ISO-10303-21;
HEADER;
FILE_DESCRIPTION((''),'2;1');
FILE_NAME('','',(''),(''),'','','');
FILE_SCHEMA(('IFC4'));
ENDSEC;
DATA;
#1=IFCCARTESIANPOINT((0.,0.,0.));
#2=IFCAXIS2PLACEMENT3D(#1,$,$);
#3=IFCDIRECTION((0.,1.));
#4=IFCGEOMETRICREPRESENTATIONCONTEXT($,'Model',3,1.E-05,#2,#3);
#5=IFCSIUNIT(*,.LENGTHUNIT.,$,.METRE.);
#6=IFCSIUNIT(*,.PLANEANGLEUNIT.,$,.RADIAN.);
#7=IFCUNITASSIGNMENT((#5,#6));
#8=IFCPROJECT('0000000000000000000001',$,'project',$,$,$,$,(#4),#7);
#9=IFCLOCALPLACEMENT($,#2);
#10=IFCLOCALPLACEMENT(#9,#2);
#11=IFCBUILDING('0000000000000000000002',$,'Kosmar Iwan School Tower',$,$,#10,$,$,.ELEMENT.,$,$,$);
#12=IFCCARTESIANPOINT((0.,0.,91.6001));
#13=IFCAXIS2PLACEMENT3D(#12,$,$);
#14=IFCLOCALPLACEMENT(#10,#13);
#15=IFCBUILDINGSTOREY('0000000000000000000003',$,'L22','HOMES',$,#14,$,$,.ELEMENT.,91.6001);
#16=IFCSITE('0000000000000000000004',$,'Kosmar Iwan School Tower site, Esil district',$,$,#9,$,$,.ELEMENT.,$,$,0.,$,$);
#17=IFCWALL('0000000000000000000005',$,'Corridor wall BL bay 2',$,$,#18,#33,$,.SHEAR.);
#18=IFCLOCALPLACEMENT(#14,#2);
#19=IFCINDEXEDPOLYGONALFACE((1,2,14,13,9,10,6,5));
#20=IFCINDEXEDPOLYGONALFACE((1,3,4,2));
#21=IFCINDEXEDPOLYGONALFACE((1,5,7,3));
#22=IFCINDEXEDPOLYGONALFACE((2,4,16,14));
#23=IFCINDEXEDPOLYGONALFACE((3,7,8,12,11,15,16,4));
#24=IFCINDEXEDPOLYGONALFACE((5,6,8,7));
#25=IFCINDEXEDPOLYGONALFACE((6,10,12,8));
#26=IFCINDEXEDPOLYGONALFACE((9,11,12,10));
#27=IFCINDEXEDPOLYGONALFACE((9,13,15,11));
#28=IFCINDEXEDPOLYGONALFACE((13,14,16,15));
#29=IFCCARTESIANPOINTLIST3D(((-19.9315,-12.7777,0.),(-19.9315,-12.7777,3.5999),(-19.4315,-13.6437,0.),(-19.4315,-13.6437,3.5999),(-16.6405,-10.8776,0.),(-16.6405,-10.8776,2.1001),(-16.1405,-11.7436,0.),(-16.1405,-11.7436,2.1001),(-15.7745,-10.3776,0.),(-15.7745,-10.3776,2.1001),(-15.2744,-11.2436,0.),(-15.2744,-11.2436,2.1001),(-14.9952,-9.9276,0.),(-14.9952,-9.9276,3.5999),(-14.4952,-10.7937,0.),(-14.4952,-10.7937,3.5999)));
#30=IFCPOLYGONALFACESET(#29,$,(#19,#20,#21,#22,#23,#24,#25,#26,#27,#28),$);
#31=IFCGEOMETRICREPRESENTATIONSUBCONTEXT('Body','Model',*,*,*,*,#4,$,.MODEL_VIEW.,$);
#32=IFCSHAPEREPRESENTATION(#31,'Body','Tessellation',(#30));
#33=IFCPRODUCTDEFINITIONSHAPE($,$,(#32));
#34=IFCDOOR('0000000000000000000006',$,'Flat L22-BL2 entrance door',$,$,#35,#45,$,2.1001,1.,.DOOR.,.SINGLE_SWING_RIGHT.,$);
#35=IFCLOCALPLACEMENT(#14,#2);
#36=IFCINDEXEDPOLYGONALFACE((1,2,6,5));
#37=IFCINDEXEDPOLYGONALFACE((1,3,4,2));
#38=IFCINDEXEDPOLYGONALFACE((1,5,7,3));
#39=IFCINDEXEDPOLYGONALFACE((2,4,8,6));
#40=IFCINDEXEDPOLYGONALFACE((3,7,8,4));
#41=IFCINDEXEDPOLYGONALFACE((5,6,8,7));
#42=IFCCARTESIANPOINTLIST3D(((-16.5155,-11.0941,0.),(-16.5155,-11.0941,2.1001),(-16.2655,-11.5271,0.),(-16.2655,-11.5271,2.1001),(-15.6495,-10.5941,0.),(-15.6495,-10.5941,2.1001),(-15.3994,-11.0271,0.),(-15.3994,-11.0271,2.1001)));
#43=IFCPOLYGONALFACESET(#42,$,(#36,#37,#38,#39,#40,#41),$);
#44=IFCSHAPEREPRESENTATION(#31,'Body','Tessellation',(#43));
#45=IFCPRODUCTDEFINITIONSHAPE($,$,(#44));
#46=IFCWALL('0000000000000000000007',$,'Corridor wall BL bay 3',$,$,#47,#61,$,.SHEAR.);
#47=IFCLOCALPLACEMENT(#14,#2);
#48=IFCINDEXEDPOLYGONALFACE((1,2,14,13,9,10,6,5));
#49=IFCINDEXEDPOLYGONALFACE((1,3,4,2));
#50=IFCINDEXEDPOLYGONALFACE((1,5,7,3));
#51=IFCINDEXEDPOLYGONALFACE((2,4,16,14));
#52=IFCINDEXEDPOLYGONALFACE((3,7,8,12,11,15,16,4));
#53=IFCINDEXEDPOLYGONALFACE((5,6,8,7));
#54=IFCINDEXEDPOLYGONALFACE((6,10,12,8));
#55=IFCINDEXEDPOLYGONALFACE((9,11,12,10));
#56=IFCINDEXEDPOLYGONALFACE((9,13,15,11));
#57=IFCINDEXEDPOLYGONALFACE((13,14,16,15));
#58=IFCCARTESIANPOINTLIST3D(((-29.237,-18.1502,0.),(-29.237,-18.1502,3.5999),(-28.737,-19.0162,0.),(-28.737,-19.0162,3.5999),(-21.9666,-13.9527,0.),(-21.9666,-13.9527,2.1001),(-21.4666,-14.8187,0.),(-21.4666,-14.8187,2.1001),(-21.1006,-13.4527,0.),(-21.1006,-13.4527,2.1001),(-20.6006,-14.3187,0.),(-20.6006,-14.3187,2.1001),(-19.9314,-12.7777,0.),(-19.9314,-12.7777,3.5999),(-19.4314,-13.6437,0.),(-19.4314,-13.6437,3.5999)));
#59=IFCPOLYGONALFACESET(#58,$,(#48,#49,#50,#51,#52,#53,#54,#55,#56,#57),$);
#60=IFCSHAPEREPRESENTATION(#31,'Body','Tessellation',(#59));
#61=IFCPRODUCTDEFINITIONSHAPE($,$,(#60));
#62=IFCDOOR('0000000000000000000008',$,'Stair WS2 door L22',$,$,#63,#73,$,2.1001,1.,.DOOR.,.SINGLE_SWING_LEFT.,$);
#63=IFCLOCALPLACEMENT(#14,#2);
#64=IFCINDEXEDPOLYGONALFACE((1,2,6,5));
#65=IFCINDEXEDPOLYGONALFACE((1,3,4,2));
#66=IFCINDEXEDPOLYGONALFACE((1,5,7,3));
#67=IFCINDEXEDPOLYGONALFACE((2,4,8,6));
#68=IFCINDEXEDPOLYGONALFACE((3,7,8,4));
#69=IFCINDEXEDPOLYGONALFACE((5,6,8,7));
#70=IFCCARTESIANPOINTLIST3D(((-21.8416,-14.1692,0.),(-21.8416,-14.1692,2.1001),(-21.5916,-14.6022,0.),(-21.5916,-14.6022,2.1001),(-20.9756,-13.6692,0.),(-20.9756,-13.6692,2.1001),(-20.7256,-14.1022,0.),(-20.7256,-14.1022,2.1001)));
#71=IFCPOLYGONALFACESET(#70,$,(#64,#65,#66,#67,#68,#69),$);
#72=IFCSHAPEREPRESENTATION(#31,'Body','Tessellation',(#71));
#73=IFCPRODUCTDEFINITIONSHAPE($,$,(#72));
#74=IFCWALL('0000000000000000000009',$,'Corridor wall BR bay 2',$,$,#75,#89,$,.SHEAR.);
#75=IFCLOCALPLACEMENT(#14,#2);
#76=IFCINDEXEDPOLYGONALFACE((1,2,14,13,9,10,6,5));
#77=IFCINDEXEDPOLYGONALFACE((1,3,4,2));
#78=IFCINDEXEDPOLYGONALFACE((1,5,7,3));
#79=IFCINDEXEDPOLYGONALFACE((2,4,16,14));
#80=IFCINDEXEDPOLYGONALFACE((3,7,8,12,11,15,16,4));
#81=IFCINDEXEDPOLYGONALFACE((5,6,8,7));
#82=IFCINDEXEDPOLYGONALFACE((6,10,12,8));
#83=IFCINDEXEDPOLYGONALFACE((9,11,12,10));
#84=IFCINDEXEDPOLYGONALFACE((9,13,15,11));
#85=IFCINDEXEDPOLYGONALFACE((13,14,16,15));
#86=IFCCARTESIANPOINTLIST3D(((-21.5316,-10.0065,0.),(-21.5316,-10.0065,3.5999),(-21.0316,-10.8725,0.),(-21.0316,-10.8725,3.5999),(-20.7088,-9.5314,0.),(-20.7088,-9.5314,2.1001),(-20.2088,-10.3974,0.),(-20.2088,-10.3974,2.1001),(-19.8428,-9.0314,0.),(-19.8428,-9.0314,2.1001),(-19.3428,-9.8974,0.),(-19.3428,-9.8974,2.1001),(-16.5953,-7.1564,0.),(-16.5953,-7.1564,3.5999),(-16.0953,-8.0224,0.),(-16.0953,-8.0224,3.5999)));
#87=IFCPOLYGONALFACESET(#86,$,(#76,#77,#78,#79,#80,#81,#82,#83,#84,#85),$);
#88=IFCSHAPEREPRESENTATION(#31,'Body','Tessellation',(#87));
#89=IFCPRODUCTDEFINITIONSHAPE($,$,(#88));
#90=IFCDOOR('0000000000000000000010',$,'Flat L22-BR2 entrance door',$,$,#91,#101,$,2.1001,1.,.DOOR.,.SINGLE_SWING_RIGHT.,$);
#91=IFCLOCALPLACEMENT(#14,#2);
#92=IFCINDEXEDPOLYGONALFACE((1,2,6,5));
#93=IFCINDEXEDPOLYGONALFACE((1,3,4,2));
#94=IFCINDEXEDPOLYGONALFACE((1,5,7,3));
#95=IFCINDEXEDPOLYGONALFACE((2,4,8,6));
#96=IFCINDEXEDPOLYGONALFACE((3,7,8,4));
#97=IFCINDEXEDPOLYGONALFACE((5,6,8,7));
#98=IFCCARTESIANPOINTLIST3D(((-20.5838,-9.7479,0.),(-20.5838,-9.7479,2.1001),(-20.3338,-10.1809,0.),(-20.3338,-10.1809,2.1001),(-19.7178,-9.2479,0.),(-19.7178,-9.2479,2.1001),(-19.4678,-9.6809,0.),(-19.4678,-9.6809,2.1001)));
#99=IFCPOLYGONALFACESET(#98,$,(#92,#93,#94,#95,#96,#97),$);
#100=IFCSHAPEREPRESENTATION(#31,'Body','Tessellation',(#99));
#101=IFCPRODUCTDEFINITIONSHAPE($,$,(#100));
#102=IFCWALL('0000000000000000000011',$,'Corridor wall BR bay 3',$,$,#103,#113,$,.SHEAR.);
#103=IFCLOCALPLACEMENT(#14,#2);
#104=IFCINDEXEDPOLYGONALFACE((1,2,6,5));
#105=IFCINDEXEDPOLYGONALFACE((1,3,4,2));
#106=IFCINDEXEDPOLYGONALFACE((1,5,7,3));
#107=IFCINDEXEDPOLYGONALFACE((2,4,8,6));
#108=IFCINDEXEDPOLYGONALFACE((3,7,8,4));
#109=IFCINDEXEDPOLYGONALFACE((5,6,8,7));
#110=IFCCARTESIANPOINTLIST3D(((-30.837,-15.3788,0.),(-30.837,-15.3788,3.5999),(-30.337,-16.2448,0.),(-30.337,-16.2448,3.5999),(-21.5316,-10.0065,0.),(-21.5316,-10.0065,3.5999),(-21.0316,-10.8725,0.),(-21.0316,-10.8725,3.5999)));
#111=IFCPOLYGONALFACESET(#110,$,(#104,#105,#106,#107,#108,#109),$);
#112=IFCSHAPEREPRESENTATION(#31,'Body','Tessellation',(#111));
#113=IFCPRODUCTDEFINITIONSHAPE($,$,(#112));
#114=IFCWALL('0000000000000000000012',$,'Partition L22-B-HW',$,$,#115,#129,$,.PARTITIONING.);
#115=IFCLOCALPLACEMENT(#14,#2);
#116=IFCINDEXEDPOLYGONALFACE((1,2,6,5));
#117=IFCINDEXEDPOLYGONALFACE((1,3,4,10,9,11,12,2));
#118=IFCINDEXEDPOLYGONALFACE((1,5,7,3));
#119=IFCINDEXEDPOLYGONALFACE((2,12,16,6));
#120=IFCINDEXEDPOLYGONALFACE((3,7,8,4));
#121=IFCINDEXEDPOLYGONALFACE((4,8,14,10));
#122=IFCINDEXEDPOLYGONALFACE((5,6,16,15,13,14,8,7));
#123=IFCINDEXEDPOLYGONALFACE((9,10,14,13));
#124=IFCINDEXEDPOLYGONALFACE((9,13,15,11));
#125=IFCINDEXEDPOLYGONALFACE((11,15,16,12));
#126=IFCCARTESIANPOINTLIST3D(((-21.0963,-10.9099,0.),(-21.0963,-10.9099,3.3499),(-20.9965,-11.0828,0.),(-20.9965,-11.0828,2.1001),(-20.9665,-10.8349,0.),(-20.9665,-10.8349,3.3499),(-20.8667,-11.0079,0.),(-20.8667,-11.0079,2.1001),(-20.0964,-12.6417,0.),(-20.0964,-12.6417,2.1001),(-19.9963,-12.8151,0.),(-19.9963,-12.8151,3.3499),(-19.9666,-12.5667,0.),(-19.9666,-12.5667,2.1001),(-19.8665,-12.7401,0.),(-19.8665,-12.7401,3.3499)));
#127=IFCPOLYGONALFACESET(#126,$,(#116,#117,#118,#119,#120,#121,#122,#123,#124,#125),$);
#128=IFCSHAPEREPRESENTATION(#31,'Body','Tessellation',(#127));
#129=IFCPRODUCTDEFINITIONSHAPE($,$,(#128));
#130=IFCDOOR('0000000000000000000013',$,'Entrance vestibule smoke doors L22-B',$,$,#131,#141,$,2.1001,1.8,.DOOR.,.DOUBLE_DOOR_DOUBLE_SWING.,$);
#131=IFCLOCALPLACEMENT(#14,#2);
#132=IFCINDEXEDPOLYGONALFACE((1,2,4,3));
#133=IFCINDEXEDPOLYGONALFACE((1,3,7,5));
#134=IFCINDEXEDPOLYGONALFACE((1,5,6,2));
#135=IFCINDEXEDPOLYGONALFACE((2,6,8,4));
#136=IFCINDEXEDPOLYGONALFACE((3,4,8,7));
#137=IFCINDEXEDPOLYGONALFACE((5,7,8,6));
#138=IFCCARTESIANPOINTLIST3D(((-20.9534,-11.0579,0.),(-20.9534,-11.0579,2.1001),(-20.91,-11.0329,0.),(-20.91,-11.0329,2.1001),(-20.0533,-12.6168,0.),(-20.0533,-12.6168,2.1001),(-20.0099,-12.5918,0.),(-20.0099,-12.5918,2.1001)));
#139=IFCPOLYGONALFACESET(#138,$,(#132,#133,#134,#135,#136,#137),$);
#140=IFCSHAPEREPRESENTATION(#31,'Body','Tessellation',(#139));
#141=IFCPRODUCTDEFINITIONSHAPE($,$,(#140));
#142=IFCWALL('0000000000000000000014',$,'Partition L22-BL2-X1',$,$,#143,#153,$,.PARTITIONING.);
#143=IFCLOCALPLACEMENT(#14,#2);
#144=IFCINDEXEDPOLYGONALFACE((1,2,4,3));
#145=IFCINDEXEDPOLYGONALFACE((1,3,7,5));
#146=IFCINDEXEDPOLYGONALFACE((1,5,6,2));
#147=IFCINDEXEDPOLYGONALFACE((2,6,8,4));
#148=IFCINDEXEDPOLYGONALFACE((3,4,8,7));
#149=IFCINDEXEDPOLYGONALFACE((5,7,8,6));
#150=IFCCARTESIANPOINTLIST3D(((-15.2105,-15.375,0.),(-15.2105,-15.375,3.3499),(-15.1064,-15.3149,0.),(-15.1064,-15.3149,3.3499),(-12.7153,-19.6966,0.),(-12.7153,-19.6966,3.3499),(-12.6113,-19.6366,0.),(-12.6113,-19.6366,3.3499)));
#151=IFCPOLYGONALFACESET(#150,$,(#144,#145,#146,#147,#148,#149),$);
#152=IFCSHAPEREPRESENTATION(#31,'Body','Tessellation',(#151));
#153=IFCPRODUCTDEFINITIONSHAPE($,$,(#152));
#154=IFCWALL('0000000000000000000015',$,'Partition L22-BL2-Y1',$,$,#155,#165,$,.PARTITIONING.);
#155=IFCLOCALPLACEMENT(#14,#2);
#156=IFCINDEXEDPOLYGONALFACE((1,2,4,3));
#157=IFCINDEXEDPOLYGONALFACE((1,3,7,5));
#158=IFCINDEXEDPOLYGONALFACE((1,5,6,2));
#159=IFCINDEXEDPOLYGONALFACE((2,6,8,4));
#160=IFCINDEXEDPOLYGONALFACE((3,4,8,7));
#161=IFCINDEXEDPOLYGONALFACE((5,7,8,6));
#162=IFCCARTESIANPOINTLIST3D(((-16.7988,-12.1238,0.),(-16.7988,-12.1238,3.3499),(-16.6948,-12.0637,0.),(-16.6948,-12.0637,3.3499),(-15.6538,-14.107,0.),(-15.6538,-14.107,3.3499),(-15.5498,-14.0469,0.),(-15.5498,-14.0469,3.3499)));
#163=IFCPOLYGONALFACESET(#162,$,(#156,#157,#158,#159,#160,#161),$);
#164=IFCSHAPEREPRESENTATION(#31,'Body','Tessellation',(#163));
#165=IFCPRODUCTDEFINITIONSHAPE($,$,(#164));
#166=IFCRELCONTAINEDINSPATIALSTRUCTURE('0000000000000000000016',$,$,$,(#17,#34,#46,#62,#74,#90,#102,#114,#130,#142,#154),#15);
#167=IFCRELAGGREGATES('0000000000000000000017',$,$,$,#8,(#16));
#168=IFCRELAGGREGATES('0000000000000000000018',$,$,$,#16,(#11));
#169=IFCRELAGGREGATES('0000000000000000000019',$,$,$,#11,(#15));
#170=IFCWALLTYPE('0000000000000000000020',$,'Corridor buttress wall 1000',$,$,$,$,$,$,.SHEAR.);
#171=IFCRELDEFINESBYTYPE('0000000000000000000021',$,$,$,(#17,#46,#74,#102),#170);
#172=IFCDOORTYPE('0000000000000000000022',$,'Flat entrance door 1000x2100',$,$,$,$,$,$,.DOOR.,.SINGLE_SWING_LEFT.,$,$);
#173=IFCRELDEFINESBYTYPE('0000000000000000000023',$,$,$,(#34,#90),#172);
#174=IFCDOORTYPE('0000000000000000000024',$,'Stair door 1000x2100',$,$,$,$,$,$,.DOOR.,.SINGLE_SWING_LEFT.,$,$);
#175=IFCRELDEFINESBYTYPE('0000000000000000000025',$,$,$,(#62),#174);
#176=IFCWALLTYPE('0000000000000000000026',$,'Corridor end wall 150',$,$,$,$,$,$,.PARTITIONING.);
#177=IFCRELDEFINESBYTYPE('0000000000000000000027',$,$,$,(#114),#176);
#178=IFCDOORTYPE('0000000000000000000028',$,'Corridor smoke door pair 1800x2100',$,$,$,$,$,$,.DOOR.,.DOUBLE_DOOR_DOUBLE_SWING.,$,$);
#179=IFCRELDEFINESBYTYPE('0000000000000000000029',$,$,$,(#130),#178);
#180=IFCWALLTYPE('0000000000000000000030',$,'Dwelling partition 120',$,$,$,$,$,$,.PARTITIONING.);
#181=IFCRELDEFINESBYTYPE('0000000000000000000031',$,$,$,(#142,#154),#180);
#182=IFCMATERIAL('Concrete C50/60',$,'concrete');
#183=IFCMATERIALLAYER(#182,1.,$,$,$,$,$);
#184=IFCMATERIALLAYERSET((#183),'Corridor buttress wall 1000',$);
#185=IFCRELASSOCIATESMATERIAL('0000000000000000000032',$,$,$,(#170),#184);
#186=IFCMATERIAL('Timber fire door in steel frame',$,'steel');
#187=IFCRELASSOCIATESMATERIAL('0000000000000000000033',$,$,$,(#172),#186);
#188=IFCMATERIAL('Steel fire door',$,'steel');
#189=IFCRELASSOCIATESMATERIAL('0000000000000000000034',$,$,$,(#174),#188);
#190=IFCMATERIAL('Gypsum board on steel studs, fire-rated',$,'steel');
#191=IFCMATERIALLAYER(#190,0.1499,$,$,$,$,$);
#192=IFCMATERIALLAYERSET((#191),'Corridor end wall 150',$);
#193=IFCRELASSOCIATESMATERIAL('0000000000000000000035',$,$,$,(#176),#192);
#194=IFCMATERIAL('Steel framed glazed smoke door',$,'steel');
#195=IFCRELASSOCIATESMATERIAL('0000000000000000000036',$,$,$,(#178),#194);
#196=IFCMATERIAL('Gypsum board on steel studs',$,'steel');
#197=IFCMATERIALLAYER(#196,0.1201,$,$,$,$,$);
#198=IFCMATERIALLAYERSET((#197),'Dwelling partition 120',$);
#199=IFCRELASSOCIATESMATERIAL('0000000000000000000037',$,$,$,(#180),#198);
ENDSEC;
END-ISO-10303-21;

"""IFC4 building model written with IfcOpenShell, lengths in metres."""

from ifc_helpers import new_model, si_unit, direction, frame, frame_2d, origin, place, context, subcontext, project, spatial, rectangle, extrude, material, layer, layer_set, type_object, element, fill, save


model = new_model("IFC4")

# Units and contexts
model_context = context("Model", 3, precision=1e-05, world=origin(), true_north=direction((0.0, 1.0)))
body_context = subcontext(model_context, "Body", "Model", "MODEL_VIEW")
ifc_project = project(units=[si_unit("LENGTHUNIT", "METRE"), si_unit("PLANEANGLEUNIT", "RADIAN")], contexts=[model_context])

# Site, building, storey
site_placement = place(None, origin())
site = spatial("IfcSite", under=ifc_project, at=site_placement, Name="Kosmar Iwan School Tower site, Esil district", CompositionType="ELEMENT", RefElevation=0.0)
building_placement = place(site_placement, origin())
building = spatial("IfcBuilding", under=site, at=building_placement, Name="Kosmar Iwan School Tower", CompositionType="ELEMENT")
storey_placement = place(building_placement, frame((0.0, 0.0, 91.6001)))
storey = spatial("IfcBuildingStorey", under=building, at=storey_placement, Name="L22", Description="HOMES", CompositionType="ELEMENT", Elevation=91.6001)

# Walls, openings, doors
ifc_material_1 = material(Name="Concrete C50/60", Category="concrete")
ifc_layer_1 = layer(ifc_material_1, 1.0)
ifc_layer_set_1 = layer_set([ifc_layer_1], Name="Corridor buttress wall 1000")
wall_type_1 = type_object("IfcWallType", Name="Corridor buttress wall 1000", PredefinedType="SHEAR", material=ifc_layer_set_1)
wall_1_placement = place(storey_placement, frame((-14.7451, -10.3606, 0.0), z_axis=(0.0, 0.0, 1.0), x_axis=(-0.866015, -0.500018, 0.0)))
wall_1 = element("IfcWall", 1, at=wall_1_placement, inside=storey, type_object=wall_type_1, Name="Corridor wall BL bay 2", PredefinedType="SHEAR", context=body_context, shape_type="SweptSolid", body=[
    extrude(rectangle(XDim=5.7, YDim=1.0, at=frame_2d((2.8501, 0.0))), origin(), (0.0, 0.0, 1.0), 3.5999),
])
opening_1_placement = place(wall_1_placement, frame((0.8999, 0.0, 0.0)))
opening_1 = element("IfcOpeningElement", 2, at=opening_1_placement, cuts=wall_1, PredefinedType="OPENING", context=body_context, shape_type="SweptSolid", body=[
    extrude(rectangle(XDim=1.0, YDim=2.1001, at=frame_2d((0.5, 1.05))), frame((0.0, 0.512, 0.0), z_axis=(0.0, -1.0, 0.0), x_axis=(1.0, 0.0, 0.0)), (0.0, 0.0, 1.0), 1.0239),
])
ifc_material_2 = material(Name="Timber fire door in steel frame", Category="steel")
door_type_1 = type_object("IfcDoorType", Name="Flat entrance door 1000x2100", OperationType="SINGLE_SWING_LEFT", PredefinedType="DOOR", material=ifc_material_2)
door_1_placement = place(opening_1_placement, origin())
door_1 = element("IfcDoor", 3, at=door_1_placement, inside=storey, type_object=door_type_1, Name="Flat L22-BL2 entrance door", OperationType="SINGLE_SWING_RIGHT", OverallHeight=2.1001, OverallWidth=1.0, PredefinedType="DOOR", context=body_context, shape_type="SweptSolid", body=[
    extrude(rectangle(XDim=1.0, YDim=2.1001, at=frame_2d((0.5, 1.05))), frame((0.0, 0.25, 0.0), z_axis=(0.0, -1.0, 0.0), x_axis=(1.0, 0.0, 0.0)), (0.0, 0.0, 1.0), 0.5),
])
fill(opening_1, door_1)
wall_2_placement = place(storey_placement, frame((-19.6814, -13.2107, 0.0), z_axis=(0.0, 0.0, 1.0), x_axis=(-0.866028, -0.499995, 0.0)))
wall_2 = element("IfcWall", 4, at=wall_2_placement, inside=storey, type_object=wall_type_1, Name="Corridor wall BL bay 3", PredefinedType="SHEAR", context=body_context, shape_type="SweptSolid", body=[
    extrude(rectangle(XDim=10.7451, YDim=1.0, at=frame_2d((5.3726, 0.0))), origin(), (0.0, 0.0, 1.0), 3.5999),
])
opening_2_placement = place(wall_2_placement, frame((1.3501, 0.0, 0.0)))
opening_2 = element("IfcOpeningElement", 5, at=opening_2_placement, cuts=wall_2, PredefinedType="OPENING", context=body_context, shape_type="SweptSolid", body=[
    extrude(rectangle(XDim=1.0, YDim=2.1001, at=frame_2d((0.5, 1.05))), frame((0.0, 0.512, 0.0), z_axis=(0.0, -1.0, 0.0), x_axis=(1.0, 0.0, 0.0)), (0.0, 0.0, 1.0), 1.0239),
])
ifc_material_3 = material(Name="Steel fire door", Category="steel")
door_type_2 = type_object("IfcDoorType", Name="Stair door 1000x2100", OperationType="SINGLE_SWING_LEFT", PredefinedType="DOOR", material=ifc_material_3)
door_2_placement = place(opening_2_placement, origin())
door_2 = element("IfcDoor", 6, at=door_2_placement, inside=storey, type_object=door_type_2, Name="Stair WS2 door L22", OperationType="SINGLE_SWING_LEFT", OverallHeight=2.1001, OverallWidth=1.0, PredefinedType="DOOR", context=body_context, shape_type="SweptSolid", body=[
    extrude(rectangle(XDim=1.0, YDim=2.1001, at=frame_2d((0.5, 1.05))), frame((0.0, 0.25, 0.0), z_axis=(0.0, -1.0, 0.0), x_axis=(1.0, 0.0, 0.0)), (0.0, 0.0, 1.0), 0.5),
])
fill(opening_2, door_2)
wall_3_placement = place(storey_placement, frame((-16.3452, -7.5894, 0.0), z_axis=(0.0, 0.0, 1.0), x_axis=(-0.866015, -0.500018, 0.0)))
wall_3 = element("IfcWall", 7, at=wall_3_placement, inside=storey, type_object=wall_type_1, Name="Corridor wall BR bay 2", PredefinedType="SHEAR", context=body_context, shape_type="SweptSolid", body=[
    extrude(rectangle(XDim=5.7, YDim=1.0, at=frame_2d((2.8501, 0.0))), origin(), (0.0, 0.0, 1.0), 3.5999),
])
opening_3_placement = place(wall_3_placement, frame((3.75, 0.0, 0.0)))
opening_3 = element("IfcOpeningElement", 8, at=opening_3_placement, cuts=wall_3, PredefinedType="OPENING", context=body_context, shape_type="SweptSolid", body=[
    extrude(rectangle(XDim=1.0, YDim=2.1001, at=frame_2d((0.5, 1.05))), frame((0.0, 0.512, 0.0), z_axis=(0.0, -1.0, 0.0), x_axis=(1.0, 0.0, 0.0)), (0.0, 0.0, 1.0), 1.0239),
])
door_3_placement = place(opening_3_placement, origin())
door_3 = element("IfcDoor", 9, at=door_3_placement, inside=storey, type_object=door_type_1, Name="Flat L22-BR2 entrance door", OperationType="SINGLE_SWING_RIGHT", OverallHeight=2.1001, OverallWidth=1.0, PredefinedType="DOOR", context=body_context, shape_type="SweptSolid", body=[
    extrude(rectangle(XDim=1.0, YDim=2.1001, at=frame_2d((0.5, 1.05))), frame((0.0, 0.25, 0.0), z_axis=(0.0, -1.0, 0.0), x_axis=(1.0, 0.0, 0.0)), (0.0, 0.0, 1.0), 0.5),
])
fill(opening_3, door_3)

# Wall
wall_4_placement = place(storey_placement, frame((-21.2815, -10.4395, 0.0), z_axis=(0.0, 0.0, 1.0), x_axis=(-0.866032, -0.499988, 0.0)))
element("IfcWall", 10, at=wall_4_placement, inside=storey, type_object=wall_type_1, Name="Corridor wall BR bay 3", PredefinedType="SHEAR", context=body_context, shape_type="SweptSolid", body=[
    extrude(rectangle(XDim=10.7449, YDim=1.0, at=frame_2d((5.3726, 0.0))), origin(), (0.0, 0.0, 1.0), 3.5999),
])

# Wall, opening, door
ifc_material_4 = material(Name="Gypsum board on steel studs, fire-rated", Category="steel")
ifc_layer_2 = layer(ifc_material_4, 0.1499)
ifc_layer_set_2 = layer_set([ifc_layer_2], Name="Corridor end wall 150")
wall_type_2 = type_object("IfcWallType", Name="Corridor end wall 150", PredefinedType="PARTITIONING", material=ifc_layer_set_2)
wall_5_placement = place(storey_placement, frame((-21.0315, -10.8723, 0.0), z_axis=(0.0, 0.0, 1.0), x_axis=(0.50003, -0.866008, 0.0)))
wall_5 = element("IfcWall", 11, at=wall_5_placement, inside=storey, type_object=wall_type_2, Name="Partition L22-B-HW", PredefinedType="PARTITIONING", context=body_context, shape_type="SweptSolid", body=[
    extrude(rectangle(XDim=2.2, YDim=0.1499, at=frame_2d((1.1001, 0.0))), origin(), (0.0, 0.0, 1.0), 3.3499),
])
opening_4_placement = place(wall_5_placement, frame((0.2, 0.0, 0.0)))
opening_4 = element("IfcOpeningElement", 12, at=opening_4_placement, cuts=wall_5, PredefinedType="OPENING", context=body_context, shape_type="SweptSolid", body=[
    extrude(rectangle(XDim=1.8, YDim=2.1001, at=frame_2d((0.8999, 1.05))), frame((0.0, 0.0869, 0.0), z_axis=(0.0, -1.0, 0.0), x_axis=(1.0, 0.0, 0.0)), (0.0, 0.0, 1.0), 0.1738),
])
ifc_material_5 = material(Name="Steel framed glazed smoke door", Category="steel")
door_type_3 = type_object("IfcDoorType", Name="Corridor smoke door pair 1800x2100", OperationType="DOUBLE_DOOR_DOUBLE_SWING", PredefinedType="DOOR", material=ifc_material_5)
door_4_placement = place(opening_4_placement, origin())
door_4 = element("IfcDoor", 13, at=door_4_placement, inside=storey, type_object=door_type_3, Name="Entrance vestibule smoke doors L22-B", OperationType="DOUBLE_DOOR_DOUBLE_SWING", OverallHeight=2.1001, OverallWidth=1.8, PredefinedType="DOOR", context=body_context, shape_type="SweptSolid", body=[
    extrude(rectangle(XDim=1.8, YDim=2.1001, at=frame_2d((0.8999, 1.05))), frame((0.0, 0.0249, 0.0), z_axis=(0.0, -1.0, 0.0), x_axis=(1.0, 0.0, 0.0)), (0.0, 0.0, 1.0), 0.05),
])
fill(opening_4, door_4)

# Walls
ifc_material_6 = material(Name="Gypsum board on steel studs", Category="steel")
ifc_layer_3 = layer(ifc_material_6, 0.1201)
ifc_layer_set_3 = layer_set([ifc_layer_3], Name="Dwelling partition 120")
wall_type_3 = type_object("IfcWallType", Name="Dwelling partition 120", PredefinedType="PARTITIONING", material=ifc_layer_set_3)
wall_6_placement = place(storey_placement, frame((-15.1584, -15.345, 0.0), z_axis=(0.0, 0.0, 1.0), x_axis=(0.500012, -0.866019, 0.0)))
element("IfcWall", 14, at=wall_6_placement, inside=storey, type_object=wall_type_3, Name="Partition L22-BL2-X1", PredefinedType="PARTITIONING", context=body_context, shape_type="SweptSolid", body=[
    extrude(rectangle(XDim=4.9902, YDim=0.1201, at=frame_2d((2.4951, 0.0))), origin(), (0.0, 0.0, 1.0), 3.3499),
])
for number, where, z_axis, x_axis, name in (
    (15, (-16.7468, -12.0938, 0.0), (0.0, 0.0, 1.0), (0.500015, -0.866017, 0.0), "Partition L22-BL2-Y1"),
):
    element("IfcWall", number, at=place(storey_placement, frame(where, z_axis=z_axis, x_axis=x_axis)), inside=storey, type_object=wall_type_3, Name=name, PredefinedType="PARTITIONING", context=body_context, shape_type="SweptSolid", body=[
        extrude(rectangle(XDim=2.29, YDim=0.1201, at=frame_2d((1.145, 0.0))), origin(), (0.0, 0.0, 1.0), 3.3499),
    ])

save(model, "model.ifc")
